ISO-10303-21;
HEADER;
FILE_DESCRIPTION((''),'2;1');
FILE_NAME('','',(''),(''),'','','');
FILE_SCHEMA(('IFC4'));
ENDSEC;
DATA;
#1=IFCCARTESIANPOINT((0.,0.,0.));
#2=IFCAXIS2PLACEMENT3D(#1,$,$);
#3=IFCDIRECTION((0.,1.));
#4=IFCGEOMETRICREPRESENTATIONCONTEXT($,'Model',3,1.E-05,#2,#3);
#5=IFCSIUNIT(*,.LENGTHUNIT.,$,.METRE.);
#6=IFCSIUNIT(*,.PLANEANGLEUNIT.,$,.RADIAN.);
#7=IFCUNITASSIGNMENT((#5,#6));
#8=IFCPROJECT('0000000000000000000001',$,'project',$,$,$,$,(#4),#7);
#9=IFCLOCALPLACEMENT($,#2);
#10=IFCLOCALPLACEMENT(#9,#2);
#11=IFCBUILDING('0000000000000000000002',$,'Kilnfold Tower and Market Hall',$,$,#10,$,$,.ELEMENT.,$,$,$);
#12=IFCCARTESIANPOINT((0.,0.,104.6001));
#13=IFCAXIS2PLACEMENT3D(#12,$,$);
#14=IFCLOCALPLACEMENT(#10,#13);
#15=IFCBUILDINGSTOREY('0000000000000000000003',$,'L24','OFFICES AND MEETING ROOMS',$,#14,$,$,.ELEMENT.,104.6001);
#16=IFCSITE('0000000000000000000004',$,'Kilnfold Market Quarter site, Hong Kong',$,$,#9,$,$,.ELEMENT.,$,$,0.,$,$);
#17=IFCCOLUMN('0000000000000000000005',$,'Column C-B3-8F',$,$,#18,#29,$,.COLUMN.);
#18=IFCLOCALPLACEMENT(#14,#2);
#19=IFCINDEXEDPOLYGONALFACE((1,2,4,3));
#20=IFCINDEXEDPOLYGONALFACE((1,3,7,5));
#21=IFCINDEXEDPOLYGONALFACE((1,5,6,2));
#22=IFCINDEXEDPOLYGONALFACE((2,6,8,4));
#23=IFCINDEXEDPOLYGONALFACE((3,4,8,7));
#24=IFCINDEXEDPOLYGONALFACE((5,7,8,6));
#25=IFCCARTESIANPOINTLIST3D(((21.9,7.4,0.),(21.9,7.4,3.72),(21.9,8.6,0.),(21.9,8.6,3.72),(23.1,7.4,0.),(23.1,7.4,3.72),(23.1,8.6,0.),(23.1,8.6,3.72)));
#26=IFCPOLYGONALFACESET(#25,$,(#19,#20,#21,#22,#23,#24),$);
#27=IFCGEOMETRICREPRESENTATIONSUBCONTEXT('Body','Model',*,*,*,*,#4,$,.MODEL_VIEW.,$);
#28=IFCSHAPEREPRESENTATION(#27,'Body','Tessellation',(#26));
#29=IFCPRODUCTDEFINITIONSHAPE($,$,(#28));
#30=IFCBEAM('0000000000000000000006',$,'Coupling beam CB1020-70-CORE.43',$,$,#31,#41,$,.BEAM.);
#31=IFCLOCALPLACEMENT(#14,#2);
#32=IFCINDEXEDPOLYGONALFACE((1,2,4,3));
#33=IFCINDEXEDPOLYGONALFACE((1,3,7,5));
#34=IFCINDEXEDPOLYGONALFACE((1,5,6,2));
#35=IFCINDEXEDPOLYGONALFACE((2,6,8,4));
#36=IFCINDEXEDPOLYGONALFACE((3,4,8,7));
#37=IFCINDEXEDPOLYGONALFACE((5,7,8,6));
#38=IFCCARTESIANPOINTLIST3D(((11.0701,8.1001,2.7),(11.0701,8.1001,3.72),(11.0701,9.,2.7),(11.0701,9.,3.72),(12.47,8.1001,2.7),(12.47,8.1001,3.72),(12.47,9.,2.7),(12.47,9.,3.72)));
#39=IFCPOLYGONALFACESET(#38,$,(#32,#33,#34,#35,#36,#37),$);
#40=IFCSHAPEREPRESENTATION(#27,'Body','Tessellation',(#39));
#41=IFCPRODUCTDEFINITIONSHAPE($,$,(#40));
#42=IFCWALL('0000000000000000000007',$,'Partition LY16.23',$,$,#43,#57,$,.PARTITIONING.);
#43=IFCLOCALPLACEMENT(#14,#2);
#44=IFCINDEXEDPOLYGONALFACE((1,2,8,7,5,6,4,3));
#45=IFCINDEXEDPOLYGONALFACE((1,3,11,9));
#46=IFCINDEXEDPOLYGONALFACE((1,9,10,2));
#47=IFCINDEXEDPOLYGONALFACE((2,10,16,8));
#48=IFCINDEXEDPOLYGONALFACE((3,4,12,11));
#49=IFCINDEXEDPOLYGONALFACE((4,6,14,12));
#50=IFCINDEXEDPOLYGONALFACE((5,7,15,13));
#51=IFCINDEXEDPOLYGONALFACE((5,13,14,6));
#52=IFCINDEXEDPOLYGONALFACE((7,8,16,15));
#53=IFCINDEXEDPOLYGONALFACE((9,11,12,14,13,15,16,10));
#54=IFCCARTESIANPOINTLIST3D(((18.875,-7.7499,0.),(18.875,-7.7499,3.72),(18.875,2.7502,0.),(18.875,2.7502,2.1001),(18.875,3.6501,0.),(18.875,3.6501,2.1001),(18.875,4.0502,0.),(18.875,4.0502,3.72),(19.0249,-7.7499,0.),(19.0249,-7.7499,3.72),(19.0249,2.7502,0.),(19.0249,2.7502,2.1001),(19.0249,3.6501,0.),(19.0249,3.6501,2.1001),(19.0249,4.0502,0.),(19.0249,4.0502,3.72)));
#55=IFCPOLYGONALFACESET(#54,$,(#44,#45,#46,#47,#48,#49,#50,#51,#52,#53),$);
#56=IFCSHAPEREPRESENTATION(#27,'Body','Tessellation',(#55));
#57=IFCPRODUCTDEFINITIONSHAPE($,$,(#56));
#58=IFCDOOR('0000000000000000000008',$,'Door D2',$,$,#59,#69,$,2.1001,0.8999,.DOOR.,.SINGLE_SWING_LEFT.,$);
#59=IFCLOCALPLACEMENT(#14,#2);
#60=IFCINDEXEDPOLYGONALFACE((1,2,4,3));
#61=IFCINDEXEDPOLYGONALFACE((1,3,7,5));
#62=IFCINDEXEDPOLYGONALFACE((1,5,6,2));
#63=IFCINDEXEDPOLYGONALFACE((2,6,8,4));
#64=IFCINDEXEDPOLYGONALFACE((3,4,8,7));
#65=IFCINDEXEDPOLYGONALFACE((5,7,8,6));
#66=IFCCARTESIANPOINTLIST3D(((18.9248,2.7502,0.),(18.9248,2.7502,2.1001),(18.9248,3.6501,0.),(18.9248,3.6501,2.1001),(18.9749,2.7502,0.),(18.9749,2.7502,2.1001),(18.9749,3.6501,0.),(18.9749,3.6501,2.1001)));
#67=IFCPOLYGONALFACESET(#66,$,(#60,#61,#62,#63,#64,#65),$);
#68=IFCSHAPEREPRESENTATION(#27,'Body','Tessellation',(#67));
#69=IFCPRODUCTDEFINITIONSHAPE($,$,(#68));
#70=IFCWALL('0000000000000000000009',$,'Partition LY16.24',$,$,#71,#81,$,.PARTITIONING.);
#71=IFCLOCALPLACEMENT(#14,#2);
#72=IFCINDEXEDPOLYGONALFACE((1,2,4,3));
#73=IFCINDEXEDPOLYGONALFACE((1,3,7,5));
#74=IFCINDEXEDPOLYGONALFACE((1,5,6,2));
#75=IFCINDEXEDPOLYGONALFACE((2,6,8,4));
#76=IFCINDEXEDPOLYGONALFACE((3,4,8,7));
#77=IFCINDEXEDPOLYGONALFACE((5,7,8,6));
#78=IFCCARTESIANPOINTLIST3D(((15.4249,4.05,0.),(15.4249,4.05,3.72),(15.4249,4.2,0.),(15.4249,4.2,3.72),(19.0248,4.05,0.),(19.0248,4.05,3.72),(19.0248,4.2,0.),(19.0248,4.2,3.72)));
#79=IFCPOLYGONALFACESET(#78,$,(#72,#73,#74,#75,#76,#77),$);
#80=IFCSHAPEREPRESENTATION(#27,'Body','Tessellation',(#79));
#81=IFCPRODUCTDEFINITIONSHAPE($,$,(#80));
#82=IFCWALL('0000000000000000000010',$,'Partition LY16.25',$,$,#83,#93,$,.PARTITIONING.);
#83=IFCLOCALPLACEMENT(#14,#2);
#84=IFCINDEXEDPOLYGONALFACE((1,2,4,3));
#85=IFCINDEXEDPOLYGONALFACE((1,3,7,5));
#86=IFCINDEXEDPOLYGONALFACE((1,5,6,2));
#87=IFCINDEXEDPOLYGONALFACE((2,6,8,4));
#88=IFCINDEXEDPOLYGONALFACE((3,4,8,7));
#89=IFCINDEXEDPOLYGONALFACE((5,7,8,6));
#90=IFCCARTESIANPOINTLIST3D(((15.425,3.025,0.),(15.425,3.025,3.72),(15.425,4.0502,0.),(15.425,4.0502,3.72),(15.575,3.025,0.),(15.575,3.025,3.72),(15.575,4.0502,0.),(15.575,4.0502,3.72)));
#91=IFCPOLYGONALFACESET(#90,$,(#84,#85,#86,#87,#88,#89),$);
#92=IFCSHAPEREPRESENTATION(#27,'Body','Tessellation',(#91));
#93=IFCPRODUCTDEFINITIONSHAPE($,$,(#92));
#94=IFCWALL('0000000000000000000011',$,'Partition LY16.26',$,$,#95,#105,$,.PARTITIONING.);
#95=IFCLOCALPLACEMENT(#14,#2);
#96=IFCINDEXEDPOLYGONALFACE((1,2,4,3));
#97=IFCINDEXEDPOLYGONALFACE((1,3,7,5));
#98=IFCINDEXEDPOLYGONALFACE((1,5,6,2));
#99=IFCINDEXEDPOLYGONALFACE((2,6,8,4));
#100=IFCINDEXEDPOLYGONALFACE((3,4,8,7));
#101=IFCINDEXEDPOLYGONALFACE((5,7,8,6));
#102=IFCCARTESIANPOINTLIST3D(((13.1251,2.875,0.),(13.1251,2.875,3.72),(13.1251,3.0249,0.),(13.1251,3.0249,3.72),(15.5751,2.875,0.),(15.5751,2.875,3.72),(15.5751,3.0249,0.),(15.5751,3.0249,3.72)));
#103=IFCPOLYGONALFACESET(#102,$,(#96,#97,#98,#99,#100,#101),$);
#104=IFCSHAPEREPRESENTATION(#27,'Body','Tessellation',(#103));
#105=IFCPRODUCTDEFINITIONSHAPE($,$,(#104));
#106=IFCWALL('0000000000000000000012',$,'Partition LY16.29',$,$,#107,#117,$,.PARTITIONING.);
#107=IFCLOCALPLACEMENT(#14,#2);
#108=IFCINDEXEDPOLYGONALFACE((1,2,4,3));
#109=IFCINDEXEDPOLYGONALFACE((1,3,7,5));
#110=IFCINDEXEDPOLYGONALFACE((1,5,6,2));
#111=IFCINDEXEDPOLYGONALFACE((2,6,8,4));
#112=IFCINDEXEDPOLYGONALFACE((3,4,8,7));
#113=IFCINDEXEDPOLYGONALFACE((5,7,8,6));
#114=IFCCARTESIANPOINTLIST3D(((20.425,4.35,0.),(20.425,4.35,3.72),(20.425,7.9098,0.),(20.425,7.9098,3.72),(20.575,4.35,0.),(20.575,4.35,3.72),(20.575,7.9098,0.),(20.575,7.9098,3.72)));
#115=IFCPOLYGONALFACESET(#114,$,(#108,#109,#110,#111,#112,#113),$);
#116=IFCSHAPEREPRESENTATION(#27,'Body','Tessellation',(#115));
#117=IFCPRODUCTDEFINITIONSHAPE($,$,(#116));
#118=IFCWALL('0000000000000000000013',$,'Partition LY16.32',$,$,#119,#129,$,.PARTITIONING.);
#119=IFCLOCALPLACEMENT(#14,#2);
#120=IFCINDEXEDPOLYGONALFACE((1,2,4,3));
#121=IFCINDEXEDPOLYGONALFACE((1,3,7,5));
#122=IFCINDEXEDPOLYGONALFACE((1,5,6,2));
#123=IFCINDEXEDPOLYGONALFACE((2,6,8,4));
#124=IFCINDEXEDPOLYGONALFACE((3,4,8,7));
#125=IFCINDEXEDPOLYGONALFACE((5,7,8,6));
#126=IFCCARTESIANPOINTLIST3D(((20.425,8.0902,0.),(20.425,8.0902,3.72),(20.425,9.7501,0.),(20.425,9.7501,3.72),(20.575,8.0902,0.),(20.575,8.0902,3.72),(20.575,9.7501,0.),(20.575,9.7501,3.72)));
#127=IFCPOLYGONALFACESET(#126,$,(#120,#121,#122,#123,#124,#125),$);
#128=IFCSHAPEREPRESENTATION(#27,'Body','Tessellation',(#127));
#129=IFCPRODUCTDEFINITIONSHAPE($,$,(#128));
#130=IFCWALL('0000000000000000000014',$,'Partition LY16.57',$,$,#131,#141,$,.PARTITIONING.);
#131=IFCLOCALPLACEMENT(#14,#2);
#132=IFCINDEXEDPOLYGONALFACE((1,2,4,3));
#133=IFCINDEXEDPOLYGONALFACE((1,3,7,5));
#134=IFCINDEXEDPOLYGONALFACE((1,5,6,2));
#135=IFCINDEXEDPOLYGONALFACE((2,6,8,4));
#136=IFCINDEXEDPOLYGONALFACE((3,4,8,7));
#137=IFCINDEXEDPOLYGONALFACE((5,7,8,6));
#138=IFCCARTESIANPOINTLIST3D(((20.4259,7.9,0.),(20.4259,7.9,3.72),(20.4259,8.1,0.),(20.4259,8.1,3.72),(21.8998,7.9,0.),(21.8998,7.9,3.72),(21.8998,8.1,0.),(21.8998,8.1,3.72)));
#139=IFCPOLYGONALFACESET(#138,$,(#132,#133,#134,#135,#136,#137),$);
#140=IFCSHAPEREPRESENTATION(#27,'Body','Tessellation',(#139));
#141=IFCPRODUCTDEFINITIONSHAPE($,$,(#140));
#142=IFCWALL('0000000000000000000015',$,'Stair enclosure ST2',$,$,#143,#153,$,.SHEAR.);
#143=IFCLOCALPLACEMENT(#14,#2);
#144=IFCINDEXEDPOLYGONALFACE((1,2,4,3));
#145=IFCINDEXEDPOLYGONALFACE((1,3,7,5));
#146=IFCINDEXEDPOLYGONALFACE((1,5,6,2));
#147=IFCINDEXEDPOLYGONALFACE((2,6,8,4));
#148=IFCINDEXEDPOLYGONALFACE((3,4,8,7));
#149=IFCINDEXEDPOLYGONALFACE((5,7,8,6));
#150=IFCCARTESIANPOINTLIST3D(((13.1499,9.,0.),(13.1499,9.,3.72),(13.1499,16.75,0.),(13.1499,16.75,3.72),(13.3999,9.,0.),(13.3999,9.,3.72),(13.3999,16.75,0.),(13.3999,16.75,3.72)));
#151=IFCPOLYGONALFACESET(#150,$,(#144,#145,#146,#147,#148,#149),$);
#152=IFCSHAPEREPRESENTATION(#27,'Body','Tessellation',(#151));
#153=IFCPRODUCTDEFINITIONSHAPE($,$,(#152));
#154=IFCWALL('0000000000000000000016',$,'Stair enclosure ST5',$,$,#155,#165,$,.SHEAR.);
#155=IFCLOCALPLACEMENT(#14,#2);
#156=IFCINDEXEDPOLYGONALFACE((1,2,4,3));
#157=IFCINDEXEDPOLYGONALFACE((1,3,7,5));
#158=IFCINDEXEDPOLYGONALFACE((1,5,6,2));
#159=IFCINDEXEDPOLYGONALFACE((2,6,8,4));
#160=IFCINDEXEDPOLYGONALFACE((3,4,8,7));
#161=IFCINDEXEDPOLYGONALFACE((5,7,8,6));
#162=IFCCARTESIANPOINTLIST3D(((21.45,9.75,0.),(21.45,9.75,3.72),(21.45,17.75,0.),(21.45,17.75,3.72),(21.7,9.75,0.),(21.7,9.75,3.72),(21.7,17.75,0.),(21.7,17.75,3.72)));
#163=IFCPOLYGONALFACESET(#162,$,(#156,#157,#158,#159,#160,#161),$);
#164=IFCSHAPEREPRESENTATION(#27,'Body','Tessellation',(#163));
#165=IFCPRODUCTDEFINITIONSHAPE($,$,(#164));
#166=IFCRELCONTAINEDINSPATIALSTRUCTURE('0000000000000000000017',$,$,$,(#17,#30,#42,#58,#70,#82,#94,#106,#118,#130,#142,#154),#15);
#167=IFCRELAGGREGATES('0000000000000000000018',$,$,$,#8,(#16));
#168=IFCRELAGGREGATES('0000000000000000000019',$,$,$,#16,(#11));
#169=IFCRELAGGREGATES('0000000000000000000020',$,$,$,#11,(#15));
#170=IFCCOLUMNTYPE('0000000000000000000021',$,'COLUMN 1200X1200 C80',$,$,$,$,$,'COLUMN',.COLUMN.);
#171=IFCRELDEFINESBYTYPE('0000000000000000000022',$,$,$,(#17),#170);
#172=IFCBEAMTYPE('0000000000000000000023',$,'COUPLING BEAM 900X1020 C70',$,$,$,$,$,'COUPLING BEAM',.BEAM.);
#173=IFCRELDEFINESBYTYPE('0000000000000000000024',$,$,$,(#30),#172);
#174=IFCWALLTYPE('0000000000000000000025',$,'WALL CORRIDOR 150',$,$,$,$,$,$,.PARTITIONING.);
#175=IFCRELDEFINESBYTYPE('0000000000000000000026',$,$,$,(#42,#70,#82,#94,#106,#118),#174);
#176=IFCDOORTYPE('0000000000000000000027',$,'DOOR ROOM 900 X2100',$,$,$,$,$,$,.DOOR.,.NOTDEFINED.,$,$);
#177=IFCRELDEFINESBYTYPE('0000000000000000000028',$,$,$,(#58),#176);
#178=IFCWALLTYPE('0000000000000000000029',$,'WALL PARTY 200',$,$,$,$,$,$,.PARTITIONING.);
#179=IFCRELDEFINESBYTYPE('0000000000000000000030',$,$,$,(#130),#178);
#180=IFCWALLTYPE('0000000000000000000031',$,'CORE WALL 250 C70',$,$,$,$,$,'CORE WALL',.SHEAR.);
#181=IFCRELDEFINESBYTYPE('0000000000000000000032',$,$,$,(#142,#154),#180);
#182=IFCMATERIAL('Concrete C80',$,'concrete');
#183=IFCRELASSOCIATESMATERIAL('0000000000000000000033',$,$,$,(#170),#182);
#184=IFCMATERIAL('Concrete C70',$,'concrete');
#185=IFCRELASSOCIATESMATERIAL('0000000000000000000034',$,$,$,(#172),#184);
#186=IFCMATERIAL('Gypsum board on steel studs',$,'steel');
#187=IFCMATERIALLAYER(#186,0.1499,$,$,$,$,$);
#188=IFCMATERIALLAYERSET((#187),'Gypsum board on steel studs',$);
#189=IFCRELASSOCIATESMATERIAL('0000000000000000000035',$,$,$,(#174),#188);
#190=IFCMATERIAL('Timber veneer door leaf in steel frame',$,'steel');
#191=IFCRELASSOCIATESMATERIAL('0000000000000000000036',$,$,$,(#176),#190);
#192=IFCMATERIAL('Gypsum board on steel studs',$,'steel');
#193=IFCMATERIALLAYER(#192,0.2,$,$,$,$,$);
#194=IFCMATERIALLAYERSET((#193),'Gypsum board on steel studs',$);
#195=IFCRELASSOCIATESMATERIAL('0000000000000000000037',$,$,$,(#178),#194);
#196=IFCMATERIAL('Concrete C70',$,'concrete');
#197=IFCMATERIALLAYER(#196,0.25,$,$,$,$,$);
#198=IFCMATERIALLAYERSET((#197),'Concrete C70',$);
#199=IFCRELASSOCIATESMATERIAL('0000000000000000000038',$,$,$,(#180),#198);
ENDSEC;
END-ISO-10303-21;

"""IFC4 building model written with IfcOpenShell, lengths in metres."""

from ifc_helpers import new_model, si_unit, direction, frame, frame_2d, origin, origin_2d, place, context, subcontext, project, spatial, rectangle, extrude, source, transform, mapped, material, layer, layer_set, material_profile, profile_set, type_object, element, fill, save


model = new_model("IFC4")

# Units and contexts
model_context = context("Model", 3, precision=1e-05, world=origin(), true_north=direction((0.0, 1.0)))
body_context = subcontext(model_context, "Body", "Model", "MODEL_VIEW")
ifc_project = project(units=[si_unit("LENGTHUNIT", "METRE"), si_unit("PLANEANGLEUNIT", "RADIAN")], contexts=[model_context])

# Site, building, storey
site_placement = place(None, origin())
site = spatial("IfcSite", under=ifc_project, at=site_placement, Name="Kilnfold Market Quarter site, Hong Kong", CompositionType="ELEMENT", RefElevation=0.0)
building_placement = place(site_placement, origin())
building = spatial("IfcBuilding", under=site, at=building_placement, Name="Kilnfold Tower and Market Hall", CompositionType="ELEMENT")
storey_placement = place(building_placement, frame((0.0, 0.0, 104.6001)))
storey = spatial("IfcBuildingStorey", under=building, at=storey_placement, Name="L24", Description="OFFICES AND MEETING ROOMS", CompositionType="ELEMENT", Elevation=104.6001)

# Column
ifc_material_1 = material(Name="Concrete C80", Category="concrete")
ifc_material_profile_1 = material_profile(ifc_material_1, rectangle(XDim=1.2, YDim=1.2, at=origin_2d()), Name="RC 1200x1200")
ifc_profile_set_1 = profile_set([ifc_material_profile_1], Name="Concrete C80")
column_type = type_object("IfcColumnType", Name="COLUMN 1200X1200 C80", ElementType="COLUMN", PredefinedType="COLUMN", material=ifc_profile_set_1)
shared_shape_1 = source(origin(), body_context, "Body", "SweptSolid", [
    extrude(rectangle(XDim=1.2, YDim=1.2, at=origin_2d()), origin(), (0.0, 0.0, 1.0), 3.72),
])
column_placement = place(storey_placement, frame((22.5, 8.0, 0.0), z_axis=(0.0, 0.0, 1.0), x_axis=(1.0, 0.0, 0.0)))
element("IfcColumn", 1, at=column_placement, inside=storey, type_object=column_type, Name="Column C-B3-8F", PredefinedType="COLUMN", context=body_context, shape_type="MappedRepresentation", body=[
    mapped(shared_shape_1, transform((0.0, 0.0, 0.0))),
])

# Beam
ifc_material_2 = material(Name="Concrete C70", Category="concrete")
ifc_material_profile_2 = material_profile(ifc_material_2, rectangle(XDim=0.8999, YDim=1.02, at=origin_2d()), Name="RC 900x1020")
ifc_profile_set_2 = profile_set([ifc_material_profile_2], Name="Concrete C70")
beam_type = type_object("IfcBeamType", Name="COUPLING BEAM 900X1020 C70", ElementType="COUPLING BEAM", PredefinedType="BEAM", material=ifc_profile_set_2)
shared_shape_2 = source(origin(), body_context, "Body", "SweptSolid", [
    extrude(rectangle(XDim=0.8999, YDim=1.02, at=origin_2d()), origin(), (0.0, 0.0, 1.0), 1.3999),
])
beam_placement = place(storey_placement, frame((11.0701, 8.55, 3.21), z_axis=(1.0, 0.0, 0.0), x_axis=(0.0, 1.0, 0.0)))
element("IfcBeam", 2, at=beam_placement, inside=storey, type_object=beam_type, Name="Coupling beam CB1020-70-CORE.43", PredefinedType="BEAM", context=body_context, shape_type="MappedRepresentation", body=[
    mapped(shared_shape_2, transform((0.0, 0.0, 0.0))),
])

# Wall, opening, door
ifc_material_3 = material(Name="Gypsum board on steel studs", Category="steel")
ifc_layer_1 = layer(ifc_material_3, 0.1499)
ifc_layer_set_1 = layer_set([ifc_layer_1], Name="Gypsum board on steel studs")
wall_type_1 = type_object("IfcWallType", Name="WALL CORRIDOR 150", PredefinedType="PARTITIONING", material=ifc_layer_set_1)
wall_1_placement = place(storey_placement, frame((18.95, 4.05, 0.0), z_axis=(0.0, 0.0, 1.0), x_axis=(0.0, -1.0, 0.0)))
wall_1 = element("IfcWall", 3, at=wall_1_placement, inside=storey, type_object=wall_type_1, Name="Partition LY16.23", PredefinedType="PARTITIONING", context=body_context, shape_type="SweptSolid", body=[
    extrude(rectangle(XDim=11.8, YDim=0.1499, at=frame_2d((5.8999, 0.0))), origin(), (0.0, 0.0, 1.0), 3.72),
])
opening_1_placement = place(wall_1_placement, frame((0.3999, 0.0, 0.0)))
opening_1 = element("IfcOpeningElement", 4, at=opening_1_placement, cuts=wall_1, PredefinedType="OPENING", context=body_context, shape_type="SweptSolid", body=[
    extrude(rectangle(XDim=0.8999, YDim=2.1001, at=frame_2d((0.45, 1.05))), frame((0.0, 0.085, 0.0), z_axis=(0.0, -1.0, 0.0), x_axis=(1.0, 0.0, 0.0)), (0.0, 0.0, 1.0), 0.1699),
])
ifc_material_4 = material(Name="Timber veneer door leaf in steel frame", Category="steel")
door_type_1 = type_object("IfcDoorType", Name="DOOR ROOM 900 X2100", OperationType="NOTDEFINED", PredefinedType="DOOR", material=ifc_material_4)
door_1_placement = place(opening_1_placement, origin())
door_1 = element("IfcDoor", 5, at=door_1_placement, inside=storey, type_object=door_type_1, Name="Door D2", OperationType="SINGLE_SWING_LEFT", OverallHeight=2.1001, OverallWidth=0.8999, PredefinedType="DOOR", context=body_context, shape_type="SweptSolid", body=[
    extrude(rectangle(XDim=0.8999, YDim=2.1001, at=frame_2d((0.45, 1.05))), frame((0.0, 0.0249, 0.0), z_axis=(0.0, -1.0, 0.0), x_axis=(1.0, 0.0, 0.0)), (0.0, 0.0, 1.0), 0.05),
])
fill(opening_1, door_1)

# Walls
wall_2_placement = place(storey_placement, frame((15.425, 4.125, 0.0), z_axis=(0.0, 0.0, 1.0), x_axis=(1.0, 0.0, 0.0)))
element("IfcWall", 6, at=wall_2_placement, inside=storey, type_object=wall_type_1, Name="Partition LY16.24", PredefinedType="PARTITIONING", context=body_context, shape_type="SweptSolid", body=[
    extrude(rectangle(XDim=3.5999, YDim=0.1499, at=frame_2d((1.7998, 0.0))), origin(), (0.0, 0.0, 1.0), 3.72),
])
wall_3_placement = place(storey_placement, frame((15.5, 3.0249, 0.0), z_axis=(0.0, 0.0, 1.0), x_axis=(0.0, 1.0, 0.0)))
element("IfcWall", 7, at=wall_3_placement, inside=storey, type_object=wall_type_1, Name="Partition LY16.25", PredefinedType="PARTITIONING", context=body_context, shape_type="SweptSolid", body=[
    extrude(rectangle(XDim=1.0251, YDim=0.1499, at=frame_2d((0.5127, 0.0))), origin(), (0.0, 0.0, 1.0), 3.72),
])
wall_4_placement = place(storey_placement, frame((13.125, 2.95, 0.0), z_axis=(0.0, 0.0, 1.0), x_axis=(1.0, 0.0, 0.0)))
element("IfcWall", 8, at=wall_4_placement, inside=storey, type_object=wall_type_1, Name="Partition LY16.26", PredefinedType="PARTITIONING", context=body_context, shape_type="SweptSolid", body=[
    extrude(rectangle(XDim=2.45, YDim=0.1499, at=frame_2d((1.2251, 0.0))), origin(), (0.0, 0.0, 1.0), 3.72),
])
wall_5_placement = place(storey_placement, frame((20.5, 4.3501, 0.0), z_axis=(0.0, 0.0, 1.0), x_axis=(0.0, 1.0, 0.0)))
element("IfcWall", 9, at=wall_5_placement, inside=storey, type_object=wall_type_1, Name="Partition LY16.29", PredefinedType="PARTITIONING", context=body_context, shape_type="SweptSolid", body=[
    extrude(rectangle(XDim=3.5598, YDim=0.1499, at=frame_2d((1.7798, 0.0))), origin(), (0.0, 0.0, 1.0), 3.72),
])
wall_6_placement = place(storey_placement, frame((20.5, 8.0901, 0.0), z_axis=(0.0, 0.0, 1.0), x_axis=(0.0, 1.0, 0.0)))
element("IfcWall", 10, at=wall_6_placement, inside=storey, type_object=wall_type_1, Name="Partition LY16.32", PredefinedType="PARTITIONING", context=body_context, shape_type="SweptSolid", body=[
    extrude(rectangle(XDim=1.6599, YDim=0.1499, at=frame_2d((0.8301, 0.0))), origin(), (0.0, 0.0, 1.0), 3.72),
])
ifc_material_5 = material(Name="Gypsum board on steel studs", Category="steel")
ifc_layer_2 = layer(ifc_material_5, 0.2)
ifc_layer_set_2 = layer_set([ifc_layer_2], Name="Gypsum board on steel studs")
wall_type_2 = type_object("IfcWallType", Name="WALL PARTY 200", PredefinedType="PARTITIONING", material=ifc_layer_set_2)
wall_7_placement = place(storey_placement, frame((20.426, 8.0, 0.0), z_axis=(0.0, 0.0, 1.0), x_axis=(1.0, 0.0, 0.0)))
element("IfcWall", 11, at=wall_7_placement, inside=storey, type_object=wall_type_2, Name="Partition LY16.57", PredefinedType="PARTITIONING", context=body_context, shape_type="SweptSolid", body=[
    extrude(rectangle(XDim=1.4739, YDim=0.2, at=frame_2d((0.7368, 0.0))), origin(), (0.0, 0.0, 1.0), 3.72),
])
ifc_material_6 = material(Name="Concrete C70", Category="concrete")
ifc_layer_3 = layer(ifc_material_6, 0.25)
ifc_layer_set_3 = layer_set([ifc_layer_3], Name="Concrete C70")
wall_type_3 = type_object("IfcWallType", Name="CORE WALL 250 C70", ElementType="CORE WALL", PredefinedType="SHEAR", material=ifc_layer_set_3)
shared_shape_3 = source(origin(), body_context, "Body", "SweptSolid", [
    extrude(rectangle(XDim=7.75, YDim=0.25, at=frame_2d((3.875, 0.0))), origin(), (0.0, 0.0, 1.0), 3.72),
])
wall_8_placement = place(storey_placement, frame((13.2749, 9.0, 0.0), z_axis=(0.0, 0.0, 1.0), x_axis=(0.0, 1.0, 0.0)))
element("IfcWall", 12, at=wall_8_placement, inside=storey, type_object=wall_type_3, Name="Stair enclosure ST2", PredefinedType="SHEAR", context=body_context, shape_type="MappedRepresentation", body=[
    mapped(shared_shape_3, transform((0.0, 0.0, 0.0))),
])
shared_shape_4 = source(origin(), body_context, "Body", "SweptSolid", [
    extrude(rectangle(XDim=8.0, YDim=0.25, at=frame_2d((4.0, 0.0))), origin(), (0.0, 0.0, 1.0), 3.72),
])
wall_9_placement = place(storey_placement, frame((21.575, 9.75, 0.0), z_axis=(0.0, 0.0, 1.0), x_axis=(0.0, 1.0, 0.0)))
element("IfcWall", 13, at=wall_9_placement, inside=storey, type_object=wall_type_3, Name="Stair enclosure ST5", PredefinedType="SHEAR", context=body_context, shape_type="MappedRepresentation", body=[
    mapped(shared_shape_4, transform((0.0, 0.0, 0.0))),
])

save(model, "model.ifc")
